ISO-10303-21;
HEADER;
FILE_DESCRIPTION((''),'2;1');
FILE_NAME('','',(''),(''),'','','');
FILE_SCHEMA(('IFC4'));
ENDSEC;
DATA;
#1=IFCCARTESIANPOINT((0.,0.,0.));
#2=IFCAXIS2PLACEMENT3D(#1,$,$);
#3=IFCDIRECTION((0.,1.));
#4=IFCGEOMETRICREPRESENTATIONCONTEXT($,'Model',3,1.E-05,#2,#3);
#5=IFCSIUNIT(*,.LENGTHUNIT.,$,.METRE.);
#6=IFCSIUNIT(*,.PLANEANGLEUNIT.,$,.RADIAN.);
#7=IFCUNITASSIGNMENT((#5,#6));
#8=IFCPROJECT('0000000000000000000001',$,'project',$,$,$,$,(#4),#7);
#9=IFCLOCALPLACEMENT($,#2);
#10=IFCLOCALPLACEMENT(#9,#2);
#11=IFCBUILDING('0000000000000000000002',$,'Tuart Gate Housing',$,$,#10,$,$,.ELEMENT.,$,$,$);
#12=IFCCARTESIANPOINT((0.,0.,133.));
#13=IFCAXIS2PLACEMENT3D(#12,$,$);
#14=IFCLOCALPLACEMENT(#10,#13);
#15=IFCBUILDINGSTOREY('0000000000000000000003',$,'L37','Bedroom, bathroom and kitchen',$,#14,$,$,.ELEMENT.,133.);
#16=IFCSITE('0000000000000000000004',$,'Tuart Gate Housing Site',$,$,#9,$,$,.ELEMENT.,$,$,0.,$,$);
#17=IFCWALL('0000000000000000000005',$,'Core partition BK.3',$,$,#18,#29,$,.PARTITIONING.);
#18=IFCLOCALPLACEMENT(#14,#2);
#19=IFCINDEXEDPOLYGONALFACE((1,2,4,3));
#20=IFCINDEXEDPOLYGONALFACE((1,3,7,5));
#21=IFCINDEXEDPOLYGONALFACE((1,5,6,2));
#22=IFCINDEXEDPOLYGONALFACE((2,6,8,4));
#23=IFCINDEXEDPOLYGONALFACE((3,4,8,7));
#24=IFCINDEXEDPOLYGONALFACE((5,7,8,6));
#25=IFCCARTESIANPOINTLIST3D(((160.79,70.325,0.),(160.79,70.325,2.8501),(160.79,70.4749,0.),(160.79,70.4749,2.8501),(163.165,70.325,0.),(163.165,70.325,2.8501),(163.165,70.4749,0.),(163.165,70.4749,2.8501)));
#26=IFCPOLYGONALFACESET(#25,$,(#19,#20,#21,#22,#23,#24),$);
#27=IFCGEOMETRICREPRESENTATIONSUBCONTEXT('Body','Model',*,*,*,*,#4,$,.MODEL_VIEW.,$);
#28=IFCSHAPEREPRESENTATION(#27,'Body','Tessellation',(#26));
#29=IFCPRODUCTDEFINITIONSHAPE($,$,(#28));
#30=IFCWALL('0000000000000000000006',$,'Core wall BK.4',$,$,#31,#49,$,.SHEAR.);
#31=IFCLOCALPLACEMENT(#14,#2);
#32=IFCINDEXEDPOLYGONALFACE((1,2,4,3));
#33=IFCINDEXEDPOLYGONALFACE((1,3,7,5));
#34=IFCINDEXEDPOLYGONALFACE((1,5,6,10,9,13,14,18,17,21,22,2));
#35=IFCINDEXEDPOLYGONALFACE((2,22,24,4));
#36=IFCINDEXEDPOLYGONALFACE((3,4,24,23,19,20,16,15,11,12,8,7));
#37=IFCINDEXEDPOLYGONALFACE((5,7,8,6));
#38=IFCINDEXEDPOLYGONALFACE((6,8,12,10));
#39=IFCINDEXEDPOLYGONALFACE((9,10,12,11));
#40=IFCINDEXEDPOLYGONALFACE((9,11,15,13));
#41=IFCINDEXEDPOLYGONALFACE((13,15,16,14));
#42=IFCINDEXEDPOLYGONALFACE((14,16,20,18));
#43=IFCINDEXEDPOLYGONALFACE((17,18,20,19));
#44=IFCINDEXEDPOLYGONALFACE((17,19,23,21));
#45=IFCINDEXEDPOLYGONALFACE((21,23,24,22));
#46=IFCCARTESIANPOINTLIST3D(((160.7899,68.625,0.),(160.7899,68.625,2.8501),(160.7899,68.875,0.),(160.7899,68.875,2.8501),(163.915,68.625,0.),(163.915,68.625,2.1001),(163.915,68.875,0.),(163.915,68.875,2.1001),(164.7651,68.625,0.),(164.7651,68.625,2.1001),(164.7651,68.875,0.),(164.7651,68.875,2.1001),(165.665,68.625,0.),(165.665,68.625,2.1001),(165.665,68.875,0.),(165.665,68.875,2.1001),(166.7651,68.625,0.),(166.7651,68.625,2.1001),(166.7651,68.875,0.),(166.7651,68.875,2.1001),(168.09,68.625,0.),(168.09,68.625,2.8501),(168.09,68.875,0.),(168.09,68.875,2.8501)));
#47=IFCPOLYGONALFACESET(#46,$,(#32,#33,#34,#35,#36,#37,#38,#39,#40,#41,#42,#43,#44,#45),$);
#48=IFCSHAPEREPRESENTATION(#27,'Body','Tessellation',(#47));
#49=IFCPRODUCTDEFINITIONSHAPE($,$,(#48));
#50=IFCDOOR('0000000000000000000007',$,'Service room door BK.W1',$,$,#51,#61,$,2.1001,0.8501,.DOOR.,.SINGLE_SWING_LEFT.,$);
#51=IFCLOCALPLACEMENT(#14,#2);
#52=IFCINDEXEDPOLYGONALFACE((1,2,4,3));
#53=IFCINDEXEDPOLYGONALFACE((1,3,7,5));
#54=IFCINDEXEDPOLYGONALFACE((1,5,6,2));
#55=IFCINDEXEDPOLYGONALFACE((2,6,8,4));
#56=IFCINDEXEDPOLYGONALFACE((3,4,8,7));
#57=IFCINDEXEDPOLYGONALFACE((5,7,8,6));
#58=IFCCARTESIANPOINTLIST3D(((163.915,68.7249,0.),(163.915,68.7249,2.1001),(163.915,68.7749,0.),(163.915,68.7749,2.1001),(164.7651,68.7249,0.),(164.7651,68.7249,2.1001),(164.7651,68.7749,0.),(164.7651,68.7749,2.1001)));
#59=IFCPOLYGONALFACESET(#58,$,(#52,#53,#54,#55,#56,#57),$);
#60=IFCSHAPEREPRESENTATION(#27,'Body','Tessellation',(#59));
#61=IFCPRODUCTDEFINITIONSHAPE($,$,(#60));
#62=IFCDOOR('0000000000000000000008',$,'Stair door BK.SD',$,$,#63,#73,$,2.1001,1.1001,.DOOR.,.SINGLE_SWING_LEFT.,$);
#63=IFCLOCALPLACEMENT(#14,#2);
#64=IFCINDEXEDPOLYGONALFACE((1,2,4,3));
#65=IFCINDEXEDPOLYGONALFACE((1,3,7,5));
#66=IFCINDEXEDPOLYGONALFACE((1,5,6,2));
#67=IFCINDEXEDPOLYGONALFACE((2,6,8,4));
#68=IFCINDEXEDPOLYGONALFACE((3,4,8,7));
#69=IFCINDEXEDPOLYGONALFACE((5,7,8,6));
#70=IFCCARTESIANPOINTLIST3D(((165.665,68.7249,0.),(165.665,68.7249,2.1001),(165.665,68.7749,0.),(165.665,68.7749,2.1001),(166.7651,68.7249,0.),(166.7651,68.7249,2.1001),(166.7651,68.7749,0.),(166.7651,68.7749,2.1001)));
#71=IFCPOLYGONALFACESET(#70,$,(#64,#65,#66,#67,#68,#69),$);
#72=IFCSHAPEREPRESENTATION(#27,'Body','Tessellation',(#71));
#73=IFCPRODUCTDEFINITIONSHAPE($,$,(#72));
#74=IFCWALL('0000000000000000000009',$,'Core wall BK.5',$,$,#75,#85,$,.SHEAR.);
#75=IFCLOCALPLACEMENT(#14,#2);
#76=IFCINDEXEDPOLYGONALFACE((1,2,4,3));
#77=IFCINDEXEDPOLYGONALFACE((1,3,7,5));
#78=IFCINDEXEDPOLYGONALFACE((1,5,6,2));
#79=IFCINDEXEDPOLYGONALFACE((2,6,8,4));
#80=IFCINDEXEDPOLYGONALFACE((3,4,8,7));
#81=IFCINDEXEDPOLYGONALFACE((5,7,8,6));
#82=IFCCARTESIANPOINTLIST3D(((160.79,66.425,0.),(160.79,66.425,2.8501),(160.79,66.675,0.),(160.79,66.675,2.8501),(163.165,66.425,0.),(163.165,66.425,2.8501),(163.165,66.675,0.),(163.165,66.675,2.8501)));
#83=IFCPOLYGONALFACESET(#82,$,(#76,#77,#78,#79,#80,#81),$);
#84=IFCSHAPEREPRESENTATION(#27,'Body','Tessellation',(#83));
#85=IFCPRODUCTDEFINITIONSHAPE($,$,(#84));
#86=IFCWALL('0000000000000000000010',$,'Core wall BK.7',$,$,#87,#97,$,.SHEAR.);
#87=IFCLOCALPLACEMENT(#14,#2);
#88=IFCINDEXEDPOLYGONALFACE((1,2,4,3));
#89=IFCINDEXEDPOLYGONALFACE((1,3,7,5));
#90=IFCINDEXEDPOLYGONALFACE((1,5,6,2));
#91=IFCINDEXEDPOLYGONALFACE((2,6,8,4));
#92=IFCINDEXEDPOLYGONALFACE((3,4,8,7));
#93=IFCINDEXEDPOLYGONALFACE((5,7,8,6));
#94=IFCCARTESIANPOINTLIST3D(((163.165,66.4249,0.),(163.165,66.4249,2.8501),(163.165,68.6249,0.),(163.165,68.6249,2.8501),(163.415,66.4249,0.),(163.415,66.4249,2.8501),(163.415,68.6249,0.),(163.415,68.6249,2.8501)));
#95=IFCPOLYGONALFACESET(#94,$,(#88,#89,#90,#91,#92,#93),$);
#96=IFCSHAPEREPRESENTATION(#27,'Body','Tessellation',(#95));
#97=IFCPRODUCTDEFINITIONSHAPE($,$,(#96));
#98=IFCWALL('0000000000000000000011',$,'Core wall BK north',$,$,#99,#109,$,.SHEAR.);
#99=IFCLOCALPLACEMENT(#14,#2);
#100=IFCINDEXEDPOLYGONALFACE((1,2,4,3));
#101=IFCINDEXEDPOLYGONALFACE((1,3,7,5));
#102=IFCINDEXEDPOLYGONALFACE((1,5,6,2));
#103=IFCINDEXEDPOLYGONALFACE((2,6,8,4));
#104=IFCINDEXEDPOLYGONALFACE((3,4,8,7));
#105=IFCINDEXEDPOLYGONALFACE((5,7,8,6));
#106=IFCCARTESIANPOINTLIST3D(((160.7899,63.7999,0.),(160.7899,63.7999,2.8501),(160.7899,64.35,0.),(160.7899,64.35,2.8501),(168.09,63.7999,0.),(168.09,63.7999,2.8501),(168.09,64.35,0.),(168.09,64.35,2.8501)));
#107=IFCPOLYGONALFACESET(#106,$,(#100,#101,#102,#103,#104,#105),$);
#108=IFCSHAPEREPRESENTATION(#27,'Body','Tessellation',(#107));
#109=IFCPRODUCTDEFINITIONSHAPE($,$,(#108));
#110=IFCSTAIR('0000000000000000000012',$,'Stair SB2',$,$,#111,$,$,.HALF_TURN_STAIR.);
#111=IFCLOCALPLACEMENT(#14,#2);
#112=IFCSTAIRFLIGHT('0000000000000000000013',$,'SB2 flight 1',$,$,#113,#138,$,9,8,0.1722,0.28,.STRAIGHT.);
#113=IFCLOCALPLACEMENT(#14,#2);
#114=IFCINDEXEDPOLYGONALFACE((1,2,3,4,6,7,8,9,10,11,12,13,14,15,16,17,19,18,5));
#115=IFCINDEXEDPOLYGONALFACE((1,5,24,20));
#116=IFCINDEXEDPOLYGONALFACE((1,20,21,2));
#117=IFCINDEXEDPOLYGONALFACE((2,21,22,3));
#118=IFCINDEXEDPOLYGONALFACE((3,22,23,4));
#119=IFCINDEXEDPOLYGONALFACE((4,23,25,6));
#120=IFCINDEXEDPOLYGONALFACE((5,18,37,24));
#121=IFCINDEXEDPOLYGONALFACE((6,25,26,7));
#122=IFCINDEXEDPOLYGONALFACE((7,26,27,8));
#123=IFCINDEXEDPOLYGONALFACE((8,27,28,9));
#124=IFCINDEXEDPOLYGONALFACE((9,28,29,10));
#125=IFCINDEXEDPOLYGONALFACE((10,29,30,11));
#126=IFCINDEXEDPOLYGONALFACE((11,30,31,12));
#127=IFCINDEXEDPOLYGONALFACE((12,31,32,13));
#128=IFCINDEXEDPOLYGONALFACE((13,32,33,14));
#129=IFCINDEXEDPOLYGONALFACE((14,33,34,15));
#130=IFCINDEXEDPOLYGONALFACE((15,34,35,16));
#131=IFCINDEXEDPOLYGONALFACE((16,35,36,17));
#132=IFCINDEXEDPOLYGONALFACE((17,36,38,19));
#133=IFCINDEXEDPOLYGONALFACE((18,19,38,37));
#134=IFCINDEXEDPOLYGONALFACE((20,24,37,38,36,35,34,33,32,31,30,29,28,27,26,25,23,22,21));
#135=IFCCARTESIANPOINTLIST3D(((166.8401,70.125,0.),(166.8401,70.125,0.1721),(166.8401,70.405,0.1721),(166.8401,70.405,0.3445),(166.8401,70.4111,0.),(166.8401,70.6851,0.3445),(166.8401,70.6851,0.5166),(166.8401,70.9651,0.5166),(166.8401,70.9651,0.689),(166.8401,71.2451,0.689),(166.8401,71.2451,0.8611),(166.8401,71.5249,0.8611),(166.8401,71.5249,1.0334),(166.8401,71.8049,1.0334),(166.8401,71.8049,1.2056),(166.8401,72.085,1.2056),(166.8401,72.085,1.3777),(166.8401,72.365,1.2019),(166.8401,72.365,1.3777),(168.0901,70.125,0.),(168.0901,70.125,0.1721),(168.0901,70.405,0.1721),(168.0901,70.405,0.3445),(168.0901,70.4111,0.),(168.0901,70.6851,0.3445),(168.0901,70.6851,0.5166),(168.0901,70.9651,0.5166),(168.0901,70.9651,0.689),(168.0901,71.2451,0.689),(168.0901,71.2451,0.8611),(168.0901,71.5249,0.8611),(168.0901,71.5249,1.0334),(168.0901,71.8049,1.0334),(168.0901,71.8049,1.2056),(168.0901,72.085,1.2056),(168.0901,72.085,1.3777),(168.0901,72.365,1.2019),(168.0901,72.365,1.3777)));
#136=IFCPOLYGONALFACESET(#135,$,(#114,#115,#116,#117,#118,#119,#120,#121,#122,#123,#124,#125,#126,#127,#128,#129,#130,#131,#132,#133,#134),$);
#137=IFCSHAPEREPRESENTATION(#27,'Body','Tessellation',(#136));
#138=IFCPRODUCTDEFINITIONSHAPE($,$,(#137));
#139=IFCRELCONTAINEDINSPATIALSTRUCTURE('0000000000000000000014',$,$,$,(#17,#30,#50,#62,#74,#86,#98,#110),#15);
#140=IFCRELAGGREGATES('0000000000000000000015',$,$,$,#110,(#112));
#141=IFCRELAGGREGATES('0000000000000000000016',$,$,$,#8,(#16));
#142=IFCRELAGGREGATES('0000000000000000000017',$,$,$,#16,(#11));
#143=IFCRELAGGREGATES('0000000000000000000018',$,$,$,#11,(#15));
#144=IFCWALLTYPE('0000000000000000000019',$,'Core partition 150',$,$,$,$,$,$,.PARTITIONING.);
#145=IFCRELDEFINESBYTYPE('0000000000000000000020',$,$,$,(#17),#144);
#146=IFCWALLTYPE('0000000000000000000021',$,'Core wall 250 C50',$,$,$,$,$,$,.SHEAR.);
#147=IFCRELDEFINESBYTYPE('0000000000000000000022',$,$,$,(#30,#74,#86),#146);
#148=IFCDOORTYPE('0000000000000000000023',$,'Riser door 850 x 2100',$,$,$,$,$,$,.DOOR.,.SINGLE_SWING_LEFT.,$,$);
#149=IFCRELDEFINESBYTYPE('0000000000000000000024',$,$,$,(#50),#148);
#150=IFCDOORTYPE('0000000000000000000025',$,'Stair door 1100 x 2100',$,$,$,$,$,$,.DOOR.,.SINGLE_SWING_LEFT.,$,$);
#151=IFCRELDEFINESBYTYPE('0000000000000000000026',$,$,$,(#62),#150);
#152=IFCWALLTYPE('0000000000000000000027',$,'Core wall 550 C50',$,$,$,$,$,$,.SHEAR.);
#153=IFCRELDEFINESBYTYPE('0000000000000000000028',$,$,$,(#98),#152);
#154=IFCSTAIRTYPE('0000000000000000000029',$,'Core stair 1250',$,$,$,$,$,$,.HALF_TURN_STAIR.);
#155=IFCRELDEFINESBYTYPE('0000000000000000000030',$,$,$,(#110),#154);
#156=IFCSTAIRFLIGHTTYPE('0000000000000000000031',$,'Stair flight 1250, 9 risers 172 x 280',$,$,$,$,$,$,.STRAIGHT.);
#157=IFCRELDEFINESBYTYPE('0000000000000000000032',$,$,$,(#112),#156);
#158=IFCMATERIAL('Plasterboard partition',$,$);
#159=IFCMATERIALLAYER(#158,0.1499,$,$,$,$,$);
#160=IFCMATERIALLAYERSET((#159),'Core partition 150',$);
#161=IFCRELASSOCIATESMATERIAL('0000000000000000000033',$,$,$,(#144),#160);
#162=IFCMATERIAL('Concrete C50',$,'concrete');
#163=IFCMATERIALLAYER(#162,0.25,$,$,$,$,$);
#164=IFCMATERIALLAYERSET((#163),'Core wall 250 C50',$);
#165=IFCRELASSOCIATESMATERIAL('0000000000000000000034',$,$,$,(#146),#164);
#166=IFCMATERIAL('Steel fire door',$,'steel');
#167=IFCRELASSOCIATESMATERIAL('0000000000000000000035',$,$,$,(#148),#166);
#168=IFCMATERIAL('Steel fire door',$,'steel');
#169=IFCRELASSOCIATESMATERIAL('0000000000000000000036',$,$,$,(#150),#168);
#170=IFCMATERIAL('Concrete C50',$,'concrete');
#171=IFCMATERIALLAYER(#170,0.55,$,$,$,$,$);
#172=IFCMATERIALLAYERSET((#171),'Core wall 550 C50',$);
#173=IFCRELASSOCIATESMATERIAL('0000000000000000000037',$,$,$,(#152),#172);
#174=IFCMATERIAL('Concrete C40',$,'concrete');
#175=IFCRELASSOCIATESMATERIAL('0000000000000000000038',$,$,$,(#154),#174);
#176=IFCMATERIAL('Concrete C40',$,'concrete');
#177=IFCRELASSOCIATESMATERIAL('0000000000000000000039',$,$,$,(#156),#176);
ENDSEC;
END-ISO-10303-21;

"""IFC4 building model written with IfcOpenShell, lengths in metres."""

from ifc_helpers import new_model, si_unit, direction, frame, frame_2d, origin, place, context, subcontext, project, spatial, polyline, rectangle, outline, extrude, material, layer, layer_set, type_object, element, fill, aggregate, save


model = new_model("IFC4")

# Units and contexts
model_context = context("Model", 3, precision=1e-05, world=origin(), true_north=direction((0.0, 1.0)))
body_context = subcontext(model_context, "Body", "Model", "MODEL_VIEW")
ifc_project = project(units=[si_unit("LENGTHUNIT", "METRE"), si_unit("PLANEANGLEUNIT", "RADIAN")], contexts=[model_context])

# Site, building, storey
site_placement = place(None, origin())
site = spatial("IfcSite", under=ifc_project, at=site_placement, Name="Tuart Gate Housing Site", CompositionType="ELEMENT", RefElevation=0.0)
building_placement = place(site_placement, origin())
building = spatial("IfcBuilding", under=site, at=building_placement, Name="Tuart Gate Housing", CompositionType="ELEMENT")
storey_placement = place(building_placement, frame((0.0, 0.0, 133.0)))
storey = spatial("IfcBuildingStorey", under=building, at=storey_placement, Name="L37", Description="Bedroom, bathroom and kitchen", CompositionType="ELEMENT", Elevation=133.0)

# Wall
ifc_material_1 = material(Name="Plasterboard partition")
ifc_layer_1 = layer(ifc_material_1, 0.1499)
ifc_layer_set_1 = layer_set([ifc_layer_1], Name="Core partition 150")
wall_type_1 = type_object("IfcWallType", Name="Core partition 150", PredefinedType="PARTITIONING", material=ifc_layer_set_1)
wall_1_placement = place(storey_placement, frame((160.79, 70.3999, 0.0), z_axis=(0.0, 0.0, 1.0), x_axis=(1.0, 0.0, 0.0)))
element("IfcWall", 1, at=wall_1_placement, inside=storey, type_object=wall_type_1, Name="Core partition BK.3", PredefinedType="PARTITIONING", context=body_context, shape_type="SweptSolid", body=[
    extrude(rectangle(XDim=2.375, YDim=0.1499, at=frame_2d((1.1875, 0.0))), origin(), (0.0, 0.0, 1.0), 2.8501),
])

# Wall, openings, doors
ifc_material_2 = material(Name="Concrete C50", Category="concrete")
ifc_layer_2 = layer(ifc_material_2, 0.25)
ifc_layer_set_2 = layer_set([ifc_layer_2], Name="Core wall 250 C50")
wall_type_2 = type_object("IfcWallType", Name="Core wall 250 C50", PredefinedType="SHEAR", material=ifc_layer_set_2)
wall_2_placement = place(storey_placement, frame((160.79, 68.75, 0.0), z_axis=(0.0, 0.0, 1.0), x_axis=(1.0, 0.0, 0.0)))
wall_2 = element("IfcWall", 2, at=wall_2_placement, inside=storey, type_object=wall_type_2, Name="Core wall BK.4", PredefinedType="SHEAR", context=body_context, shape_type="SweptSolid", body=[
    extrude(rectangle(XDim=7.3, YDim=0.25, at=frame_2d((3.6499, 0.0))), origin(), (0.0, 0.0, 1.0), 2.8501),
])
opening_1_placement = place(wall_2_placement, frame((4.875, 0.0, 0.0)))
opening_1 = element("IfcOpeningElement", 3, at=opening_1_placement, cuts=wall_2, PredefinedType="OPENING", context=body_context, shape_type="SweptSolid", body=[
    extrude(rectangle(XDim=1.1001, YDim=2.1001, at=frame_2d((0.55, 1.05))), frame((0.0, 0.135, 0.0), z_axis=(0.0, -1.0, 0.0), x_axis=(1.0, 0.0, 0.0)), (0.0, 0.0, 1.0), 0.27),
])
opening_2_placement = place(wall_2_placement, frame((3.125, 0.0, 0.0)))
opening_2 = element("IfcOpeningElement", 4, at=opening_2_placement, cuts=wall_2, PredefinedType="OPENING", context=body_context, shape_type="SweptSolid", body=[
    extrude(rectangle(XDim=0.8501, YDim=2.1001, at=frame_2d((0.425, 1.05))), frame((0.0, 0.135, 0.0), z_axis=(0.0, -1.0, 0.0), x_axis=(1.0, 0.0, 0.0)), (0.0, 0.0, 1.0), 0.27),
])
ifc_material_3 = material(Name="Steel fire door", Category="steel")
door_type_1 = type_object("IfcDoorType", Name="Riser door 850 x 2100", OperationType="SINGLE_SWING_LEFT", PredefinedType="DOOR", material=ifc_material_3)
door_1_placement = place(opening_2_placement, origin())
door_1 = element("IfcDoor", 5, at=door_1_placement, inside=storey, type_object=door_type_1, Name="Service room door BK.W1", OperationType="SINGLE_SWING_LEFT", OverallHeight=2.1001, OverallWidth=0.8501, PredefinedType="DOOR", context=body_context, shape_type="SweptSolid", body=[
    extrude(rectangle(XDim=0.8501, YDim=2.1001, at=frame_2d((0.425, 1.05))), frame((0.0, 0.0249, 0.0), z_axis=(0.0, -1.0, 0.0), x_axis=(1.0, 0.0, 0.0)), (0.0, 0.0, 1.0), 0.05),
])
fill(opening_2, door_1)
ifc_material_4 = material(Name="Steel fire door", Category="steel")
door_type_2 = type_object("IfcDoorType", Name="Stair door 1100 x 2100", OperationType="SINGLE_SWING_LEFT", PredefinedType="DOOR", material=ifc_material_4)
door_2_placement = place(opening_1_placement, origin())
door_2 = element("IfcDoor", 6, at=door_2_placement, inside=storey, type_object=door_type_2, Name="Stair door BK.SD", OperationType="SINGLE_SWING_LEFT", OverallHeight=2.1001, OverallWidth=1.1001, PredefinedType="DOOR", context=body_context, shape_type="SweptSolid", body=[
    extrude(rectangle(XDim=1.1001, YDim=2.1001, at=frame_2d((0.55, 1.05))), frame((0.0, 0.0249, 0.0), z_axis=(0.0, -1.0, 0.0), x_axis=(1.0, 0.0, 0.0)), (0.0, 0.0, 1.0), 0.05),
])
fill(opening_1, door_2)

# Walls
wall_3_placement = place(storey_placement, frame((160.79, 66.55, 0.0), z_axis=(0.0, 0.0, 1.0), x_axis=(1.0, 0.0, 0.0)))
element("IfcWall", 7, at=wall_3_placement, inside=storey, type_object=wall_type_2, Name="Core wall BK.5", PredefinedType="SHEAR", context=body_context, shape_type="SweptSolid", body=[
    extrude(rectangle(XDim=2.375, YDim=0.25, at=frame_2d((1.1875, 0.0))), origin(), (0.0, 0.0, 1.0), 2.8501),
])
wall_4_placement = place(storey_placement, frame((163.29, 68.625, 0.0), z_axis=(0.0, 0.0, 1.0), x_axis=(0.0, -1.0, 0.0)))
element("IfcWall", 8, at=wall_4_placement, inside=storey, type_object=wall_type_2, Name="Core wall BK.7", PredefinedType="SHEAR", context=body_context, shape_type="SweptSolid", body=[
    extrude(rectangle(XDim=2.2, YDim=0.25, at=frame_2d((1.1001, 0.0))), origin(), (0.0, 0.0, 1.0), 2.8501),
])
ifc_material_5 = material(Name="Concrete C50", Category="concrete")
ifc_layer_3 = layer(ifc_material_5, 0.55)
ifc_layer_set_3 = layer_set([ifc_layer_3], Name="Core wall 550 C50")
wall_type_3 = type_object("IfcWallType", Name="Core wall 550 C50", PredefinedType="SHEAR", material=ifc_layer_set_3)
wall_5_placement = place(storey_placement, frame((160.79, 64.075, 0.0), z_axis=(0.0, 0.0, 1.0), x_axis=(1.0, 0.0, 0.0)))
element("IfcWall", 9, at=wall_5_placement, inside=storey, type_object=wall_type_3, Name="Core wall BK north", PredefinedType="SHEAR", context=body_context, shape_type="SweptSolid", body=[
    extrude(rectangle(XDim=7.3, YDim=0.55, at=frame_2d((3.6499, 0.0))), origin(), (0.0, 0.0, 1.0), 2.8501),
])

# Stair, stair flight
ifc_material_6 = material(Name="Concrete C40", Category="concrete")
stair_type = type_object("IfcStairType", Name="Core stair 1250", PredefinedType="HALF_TURN_STAIR", material=ifc_material_6)
stair_placement = place(storey_placement, origin())
stair = element("IfcStair", 10, at=stair_placement, inside=storey, type_object=stair_type, Name="Stair SB2", PredefinedType="HALF_TURN_STAIR")
ifc_material_7 = material(Name="Concrete C40", Category="concrete")
stair_flight_type = type_object("IfcStairFlightType", Name="Stair flight 1250, 9 risers 172 x 280", PredefinedType="STRAIGHT", material=ifc_material_7)
stair_flight_placement = place(storey_placement, frame((167.4651, 70.125, 0.0), z_axis=(0.0, 0.0, 1.0), x_axis=(0.0, 1.0, 0.0)))
stair_flight = element("IfcStairFlight", 11, at=stair_flight_placement, type_object=stair_flight_type, Name="SB2 flight 1", NumberOfRisers=9, NumberOfTreads=8, PredefinedType="STRAIGHT", RiserHeight=0.1722, TreadLength=0.28, context=body_context, shape_type="SweptSolid", body=[
    extrude(outline(polyline([(0.0, 0.0), (0.0, 0.1721), (0.28, 0.1721), (0.28, 0.3445), (0.5601, 0.3445), (0.5601, 0.5166), (0.8401, 0.5166), (0.8401, 0.689), (1.1201, 0.689), (1.1201, 0.8611), (1.3999, 0.8611), (1.3999, 1.0334), (1.6799, 1.0334), (1.6799, 1.2056), (1.96, 1.2056), (1.96, 1.3777), (2.24, 1.3777), (2.24, 1.55), (2.24, 1.2019), (0.2861, 0.0), (0.0, 0.0)])), frame((0.0, 0.625, 0.0), z_axis=(0.0, -1.0, 0.0), x_axis=(1.0, 0.0, 0.0)), (0.0, 0.0, 1.0), 1.25),
])
aggregate(stair, [stair_flight])

save(model, "model.ifc")
